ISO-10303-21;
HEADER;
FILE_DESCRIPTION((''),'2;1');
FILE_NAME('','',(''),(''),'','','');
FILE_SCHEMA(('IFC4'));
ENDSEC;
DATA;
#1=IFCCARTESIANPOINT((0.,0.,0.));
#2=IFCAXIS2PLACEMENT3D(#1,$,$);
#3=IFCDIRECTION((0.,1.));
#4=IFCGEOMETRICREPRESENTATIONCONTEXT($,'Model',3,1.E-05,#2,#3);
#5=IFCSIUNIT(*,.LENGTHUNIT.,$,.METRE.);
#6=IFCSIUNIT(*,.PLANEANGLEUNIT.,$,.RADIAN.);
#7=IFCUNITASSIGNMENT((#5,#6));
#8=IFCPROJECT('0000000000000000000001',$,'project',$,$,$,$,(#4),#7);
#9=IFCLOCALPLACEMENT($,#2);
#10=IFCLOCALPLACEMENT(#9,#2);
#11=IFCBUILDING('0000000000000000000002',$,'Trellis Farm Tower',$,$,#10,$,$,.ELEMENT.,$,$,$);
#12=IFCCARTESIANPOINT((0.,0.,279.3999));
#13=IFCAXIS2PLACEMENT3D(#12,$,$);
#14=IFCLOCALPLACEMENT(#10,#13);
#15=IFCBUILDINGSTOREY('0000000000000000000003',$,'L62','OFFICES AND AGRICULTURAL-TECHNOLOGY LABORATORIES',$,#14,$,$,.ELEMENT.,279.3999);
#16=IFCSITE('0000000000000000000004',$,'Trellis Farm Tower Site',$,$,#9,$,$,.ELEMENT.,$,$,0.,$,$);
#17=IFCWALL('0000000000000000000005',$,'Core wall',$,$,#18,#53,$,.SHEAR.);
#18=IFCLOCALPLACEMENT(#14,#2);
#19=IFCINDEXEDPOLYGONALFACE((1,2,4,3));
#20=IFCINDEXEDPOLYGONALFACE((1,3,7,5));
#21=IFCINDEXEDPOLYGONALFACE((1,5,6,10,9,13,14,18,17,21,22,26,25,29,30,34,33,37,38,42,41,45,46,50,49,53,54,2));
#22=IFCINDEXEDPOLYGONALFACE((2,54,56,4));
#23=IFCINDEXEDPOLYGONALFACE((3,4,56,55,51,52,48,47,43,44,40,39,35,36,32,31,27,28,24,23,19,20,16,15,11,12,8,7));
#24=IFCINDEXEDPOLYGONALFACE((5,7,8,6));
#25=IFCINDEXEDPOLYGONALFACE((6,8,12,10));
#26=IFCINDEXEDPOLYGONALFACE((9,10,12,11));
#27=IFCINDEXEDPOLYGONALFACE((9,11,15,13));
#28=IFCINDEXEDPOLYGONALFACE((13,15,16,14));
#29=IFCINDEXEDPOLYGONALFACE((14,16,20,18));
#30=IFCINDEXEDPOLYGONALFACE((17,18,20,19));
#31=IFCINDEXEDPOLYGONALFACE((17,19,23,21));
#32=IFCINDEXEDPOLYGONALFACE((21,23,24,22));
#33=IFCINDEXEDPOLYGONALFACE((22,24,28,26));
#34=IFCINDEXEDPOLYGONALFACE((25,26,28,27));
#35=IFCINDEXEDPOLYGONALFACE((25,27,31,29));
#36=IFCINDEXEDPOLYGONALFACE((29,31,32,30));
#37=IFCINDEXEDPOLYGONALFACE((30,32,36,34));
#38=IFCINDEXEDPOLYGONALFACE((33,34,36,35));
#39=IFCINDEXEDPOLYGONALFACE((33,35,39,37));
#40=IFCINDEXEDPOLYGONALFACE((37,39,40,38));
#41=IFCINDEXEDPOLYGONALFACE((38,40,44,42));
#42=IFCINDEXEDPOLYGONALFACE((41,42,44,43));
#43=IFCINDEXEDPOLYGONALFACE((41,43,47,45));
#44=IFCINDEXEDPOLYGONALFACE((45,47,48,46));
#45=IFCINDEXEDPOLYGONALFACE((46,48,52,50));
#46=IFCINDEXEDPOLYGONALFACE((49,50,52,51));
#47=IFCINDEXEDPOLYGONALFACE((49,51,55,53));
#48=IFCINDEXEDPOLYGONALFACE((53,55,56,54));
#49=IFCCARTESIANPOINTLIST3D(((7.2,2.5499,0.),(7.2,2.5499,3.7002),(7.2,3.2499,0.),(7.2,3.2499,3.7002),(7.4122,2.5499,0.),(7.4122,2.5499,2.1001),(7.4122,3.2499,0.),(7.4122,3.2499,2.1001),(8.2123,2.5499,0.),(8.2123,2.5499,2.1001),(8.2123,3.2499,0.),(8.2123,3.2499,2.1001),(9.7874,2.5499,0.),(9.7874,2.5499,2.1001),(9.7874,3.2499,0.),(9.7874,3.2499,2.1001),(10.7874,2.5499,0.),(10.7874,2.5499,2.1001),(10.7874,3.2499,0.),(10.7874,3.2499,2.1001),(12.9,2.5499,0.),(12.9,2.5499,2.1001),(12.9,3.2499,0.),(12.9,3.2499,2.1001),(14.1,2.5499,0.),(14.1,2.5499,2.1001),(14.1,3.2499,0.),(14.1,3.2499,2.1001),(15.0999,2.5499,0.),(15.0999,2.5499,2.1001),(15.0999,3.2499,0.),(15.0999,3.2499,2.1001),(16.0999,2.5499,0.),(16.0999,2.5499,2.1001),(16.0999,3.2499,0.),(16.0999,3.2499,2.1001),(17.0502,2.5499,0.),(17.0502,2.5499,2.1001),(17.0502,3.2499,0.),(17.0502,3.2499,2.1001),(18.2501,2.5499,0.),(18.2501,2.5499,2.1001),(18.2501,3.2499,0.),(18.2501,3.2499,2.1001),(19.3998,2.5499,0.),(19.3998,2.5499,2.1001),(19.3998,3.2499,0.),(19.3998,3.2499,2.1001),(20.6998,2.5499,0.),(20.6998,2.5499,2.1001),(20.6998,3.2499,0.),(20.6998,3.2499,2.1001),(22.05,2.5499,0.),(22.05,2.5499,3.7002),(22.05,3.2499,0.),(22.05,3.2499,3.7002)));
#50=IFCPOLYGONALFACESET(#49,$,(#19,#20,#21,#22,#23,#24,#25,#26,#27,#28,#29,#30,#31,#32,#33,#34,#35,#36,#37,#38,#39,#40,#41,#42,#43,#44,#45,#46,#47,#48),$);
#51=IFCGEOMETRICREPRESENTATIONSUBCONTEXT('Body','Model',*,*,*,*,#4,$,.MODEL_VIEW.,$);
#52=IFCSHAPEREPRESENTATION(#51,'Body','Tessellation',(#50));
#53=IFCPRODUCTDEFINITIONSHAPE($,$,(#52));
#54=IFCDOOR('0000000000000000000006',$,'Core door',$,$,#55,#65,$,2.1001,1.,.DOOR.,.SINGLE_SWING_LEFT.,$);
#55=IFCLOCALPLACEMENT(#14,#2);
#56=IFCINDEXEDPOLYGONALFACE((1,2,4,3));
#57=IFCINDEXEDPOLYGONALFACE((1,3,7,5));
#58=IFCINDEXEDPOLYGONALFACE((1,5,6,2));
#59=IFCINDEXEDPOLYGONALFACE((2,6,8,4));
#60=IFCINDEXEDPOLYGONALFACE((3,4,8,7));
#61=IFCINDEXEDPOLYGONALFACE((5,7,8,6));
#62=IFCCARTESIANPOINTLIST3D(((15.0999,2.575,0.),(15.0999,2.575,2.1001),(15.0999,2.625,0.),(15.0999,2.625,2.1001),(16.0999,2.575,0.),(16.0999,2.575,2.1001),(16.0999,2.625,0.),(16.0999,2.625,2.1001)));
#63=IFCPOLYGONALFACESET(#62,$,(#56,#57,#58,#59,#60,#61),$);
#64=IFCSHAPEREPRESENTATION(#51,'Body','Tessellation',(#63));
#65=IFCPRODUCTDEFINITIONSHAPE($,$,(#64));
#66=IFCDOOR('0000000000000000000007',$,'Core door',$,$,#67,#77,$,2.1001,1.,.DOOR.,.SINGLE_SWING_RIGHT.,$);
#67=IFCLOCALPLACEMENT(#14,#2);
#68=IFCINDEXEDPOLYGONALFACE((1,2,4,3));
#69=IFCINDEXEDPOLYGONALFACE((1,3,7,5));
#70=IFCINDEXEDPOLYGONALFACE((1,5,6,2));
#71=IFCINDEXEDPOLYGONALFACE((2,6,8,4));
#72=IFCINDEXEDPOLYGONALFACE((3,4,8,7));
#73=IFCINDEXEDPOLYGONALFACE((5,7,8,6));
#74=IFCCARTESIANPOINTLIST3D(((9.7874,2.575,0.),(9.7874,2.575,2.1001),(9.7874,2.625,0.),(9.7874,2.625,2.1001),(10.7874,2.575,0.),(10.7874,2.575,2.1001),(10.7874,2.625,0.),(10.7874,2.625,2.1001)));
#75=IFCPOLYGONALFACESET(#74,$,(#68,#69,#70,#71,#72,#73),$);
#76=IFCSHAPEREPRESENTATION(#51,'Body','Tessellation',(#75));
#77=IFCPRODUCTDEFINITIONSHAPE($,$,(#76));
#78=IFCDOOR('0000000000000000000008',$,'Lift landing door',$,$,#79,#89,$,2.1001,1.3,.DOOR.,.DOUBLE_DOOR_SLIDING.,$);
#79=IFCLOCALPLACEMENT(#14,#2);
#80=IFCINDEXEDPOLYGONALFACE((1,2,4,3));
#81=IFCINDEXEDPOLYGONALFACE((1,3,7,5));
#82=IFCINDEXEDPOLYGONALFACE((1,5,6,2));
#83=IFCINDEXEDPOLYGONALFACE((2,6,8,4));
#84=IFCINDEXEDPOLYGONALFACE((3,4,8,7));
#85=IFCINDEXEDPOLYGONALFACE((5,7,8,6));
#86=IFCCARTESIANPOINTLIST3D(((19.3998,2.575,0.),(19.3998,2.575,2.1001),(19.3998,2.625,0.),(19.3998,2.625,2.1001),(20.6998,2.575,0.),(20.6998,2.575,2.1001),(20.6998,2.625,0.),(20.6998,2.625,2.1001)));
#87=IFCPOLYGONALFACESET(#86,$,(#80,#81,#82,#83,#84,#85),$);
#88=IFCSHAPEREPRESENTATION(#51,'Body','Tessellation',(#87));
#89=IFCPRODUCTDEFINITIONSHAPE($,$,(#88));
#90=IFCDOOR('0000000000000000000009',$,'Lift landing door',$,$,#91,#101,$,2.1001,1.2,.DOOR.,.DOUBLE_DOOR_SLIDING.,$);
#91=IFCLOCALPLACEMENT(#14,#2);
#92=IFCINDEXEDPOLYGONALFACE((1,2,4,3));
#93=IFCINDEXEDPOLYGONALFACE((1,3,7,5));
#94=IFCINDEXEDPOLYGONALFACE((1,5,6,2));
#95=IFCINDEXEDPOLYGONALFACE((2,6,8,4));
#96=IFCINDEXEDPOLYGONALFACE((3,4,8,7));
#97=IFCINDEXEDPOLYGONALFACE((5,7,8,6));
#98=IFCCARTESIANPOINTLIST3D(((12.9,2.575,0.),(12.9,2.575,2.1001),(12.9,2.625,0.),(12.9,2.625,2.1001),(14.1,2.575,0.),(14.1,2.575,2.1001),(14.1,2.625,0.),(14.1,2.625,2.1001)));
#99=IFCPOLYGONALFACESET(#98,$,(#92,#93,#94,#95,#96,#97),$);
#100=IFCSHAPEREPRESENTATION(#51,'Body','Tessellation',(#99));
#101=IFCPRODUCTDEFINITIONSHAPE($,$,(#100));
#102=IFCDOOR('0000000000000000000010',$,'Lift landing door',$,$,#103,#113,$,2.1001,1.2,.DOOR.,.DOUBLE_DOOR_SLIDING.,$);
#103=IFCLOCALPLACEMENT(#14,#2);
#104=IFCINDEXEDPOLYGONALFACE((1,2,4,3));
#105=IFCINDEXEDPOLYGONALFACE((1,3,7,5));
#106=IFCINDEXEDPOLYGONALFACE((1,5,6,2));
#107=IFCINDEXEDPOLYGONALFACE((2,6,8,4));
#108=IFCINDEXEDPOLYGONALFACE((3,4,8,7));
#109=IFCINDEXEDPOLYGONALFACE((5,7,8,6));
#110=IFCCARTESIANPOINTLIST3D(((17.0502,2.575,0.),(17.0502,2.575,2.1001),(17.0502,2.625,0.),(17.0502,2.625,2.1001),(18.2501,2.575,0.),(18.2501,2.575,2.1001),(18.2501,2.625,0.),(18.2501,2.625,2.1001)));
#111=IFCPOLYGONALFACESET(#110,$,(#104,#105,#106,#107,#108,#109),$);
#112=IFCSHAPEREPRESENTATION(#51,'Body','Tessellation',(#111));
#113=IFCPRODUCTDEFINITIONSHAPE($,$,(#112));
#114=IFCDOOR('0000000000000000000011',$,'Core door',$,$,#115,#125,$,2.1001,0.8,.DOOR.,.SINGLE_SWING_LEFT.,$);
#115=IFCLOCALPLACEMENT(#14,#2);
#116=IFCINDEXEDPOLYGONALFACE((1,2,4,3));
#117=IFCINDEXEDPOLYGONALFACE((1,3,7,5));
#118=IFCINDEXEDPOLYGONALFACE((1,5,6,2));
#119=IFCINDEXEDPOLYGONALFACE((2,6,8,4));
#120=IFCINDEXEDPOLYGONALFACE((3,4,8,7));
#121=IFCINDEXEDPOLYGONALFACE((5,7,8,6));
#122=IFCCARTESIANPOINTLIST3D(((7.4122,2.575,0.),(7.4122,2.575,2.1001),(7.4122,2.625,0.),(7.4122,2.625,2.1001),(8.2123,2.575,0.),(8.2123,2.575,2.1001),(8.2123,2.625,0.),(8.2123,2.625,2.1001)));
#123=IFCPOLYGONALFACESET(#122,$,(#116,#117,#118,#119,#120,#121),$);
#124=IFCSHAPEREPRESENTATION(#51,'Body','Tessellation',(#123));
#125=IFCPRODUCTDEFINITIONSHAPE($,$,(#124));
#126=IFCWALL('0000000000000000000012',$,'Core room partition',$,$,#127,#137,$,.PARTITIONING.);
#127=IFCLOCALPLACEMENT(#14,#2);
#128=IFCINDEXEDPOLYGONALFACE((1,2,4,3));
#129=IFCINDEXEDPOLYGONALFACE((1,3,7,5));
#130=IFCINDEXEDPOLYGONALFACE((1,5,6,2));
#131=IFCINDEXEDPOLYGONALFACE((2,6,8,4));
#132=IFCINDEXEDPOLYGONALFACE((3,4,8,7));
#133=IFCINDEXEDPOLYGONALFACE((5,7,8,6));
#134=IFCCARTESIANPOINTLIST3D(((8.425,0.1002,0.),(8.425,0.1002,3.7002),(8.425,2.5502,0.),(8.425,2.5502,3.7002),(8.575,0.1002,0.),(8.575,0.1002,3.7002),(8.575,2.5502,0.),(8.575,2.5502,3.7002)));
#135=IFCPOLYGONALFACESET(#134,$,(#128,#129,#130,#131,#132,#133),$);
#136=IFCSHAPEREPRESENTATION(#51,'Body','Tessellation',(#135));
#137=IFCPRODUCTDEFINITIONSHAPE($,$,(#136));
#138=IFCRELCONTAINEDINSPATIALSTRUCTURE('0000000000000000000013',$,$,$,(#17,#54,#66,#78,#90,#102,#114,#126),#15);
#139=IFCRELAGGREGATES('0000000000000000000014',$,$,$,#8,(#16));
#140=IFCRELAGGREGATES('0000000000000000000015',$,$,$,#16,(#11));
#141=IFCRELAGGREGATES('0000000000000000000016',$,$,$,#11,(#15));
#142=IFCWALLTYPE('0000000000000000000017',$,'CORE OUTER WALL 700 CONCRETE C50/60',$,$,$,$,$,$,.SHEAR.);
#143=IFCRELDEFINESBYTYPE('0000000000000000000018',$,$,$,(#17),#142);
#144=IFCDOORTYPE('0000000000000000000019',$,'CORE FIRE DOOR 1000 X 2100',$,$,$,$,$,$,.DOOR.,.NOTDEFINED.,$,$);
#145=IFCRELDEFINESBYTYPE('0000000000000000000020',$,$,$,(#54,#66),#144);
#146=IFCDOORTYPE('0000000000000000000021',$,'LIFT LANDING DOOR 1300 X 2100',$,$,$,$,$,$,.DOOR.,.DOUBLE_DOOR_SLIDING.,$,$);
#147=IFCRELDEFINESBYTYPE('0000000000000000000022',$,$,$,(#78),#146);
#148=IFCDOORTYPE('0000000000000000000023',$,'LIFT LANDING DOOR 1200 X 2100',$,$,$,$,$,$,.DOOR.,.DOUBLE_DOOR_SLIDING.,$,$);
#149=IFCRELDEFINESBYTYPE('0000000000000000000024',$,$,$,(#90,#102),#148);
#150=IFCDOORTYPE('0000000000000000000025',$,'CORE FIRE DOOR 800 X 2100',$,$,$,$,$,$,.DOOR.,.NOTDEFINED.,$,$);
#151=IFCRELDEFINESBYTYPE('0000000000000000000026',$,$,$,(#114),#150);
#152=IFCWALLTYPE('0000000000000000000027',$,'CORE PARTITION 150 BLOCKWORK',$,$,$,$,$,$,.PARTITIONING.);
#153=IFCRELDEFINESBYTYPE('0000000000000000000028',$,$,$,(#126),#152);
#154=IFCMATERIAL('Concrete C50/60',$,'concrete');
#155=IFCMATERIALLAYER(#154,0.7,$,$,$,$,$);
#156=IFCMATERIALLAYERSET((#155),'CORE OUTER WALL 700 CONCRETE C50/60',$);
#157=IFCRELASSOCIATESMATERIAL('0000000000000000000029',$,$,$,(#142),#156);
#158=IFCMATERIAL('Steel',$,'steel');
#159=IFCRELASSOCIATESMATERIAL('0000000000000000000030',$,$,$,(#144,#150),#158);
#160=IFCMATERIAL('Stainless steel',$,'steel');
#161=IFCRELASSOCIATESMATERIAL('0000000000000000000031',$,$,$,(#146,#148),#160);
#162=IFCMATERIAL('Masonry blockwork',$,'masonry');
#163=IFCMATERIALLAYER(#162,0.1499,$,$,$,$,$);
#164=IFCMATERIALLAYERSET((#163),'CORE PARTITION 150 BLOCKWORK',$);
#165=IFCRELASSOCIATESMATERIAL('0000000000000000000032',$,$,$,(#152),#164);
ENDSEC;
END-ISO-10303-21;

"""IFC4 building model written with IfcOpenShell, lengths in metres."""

from ifc_helpers import new_model, si_unit, direction, frame, frame_2d, origin, place, context, subcontext, project, spatial, rectangle, extrude, source, transform, mapped, material, layer, layer_set, type_object, element, fill, save


model = new_model("IFC4")

# Units and contexts
model_context = context("Model", 3, precision=1e-05, world=origin(), true_north=direction((0.0, 1.0)))
body_context = subcontext(model_context, "Body", "Model", "MODEL_VIEW")
ifc_project = project(units=[si_unit("LENGTHUNIT", "METRE"), si_unit("PLANEANGLEUNIT", "RADIAN")], contexts=[model_context])

# Site, building, storey
site_placement = place(None, origin())
site = spatial("IfcSite", under=ifc_project, at=site_placement, Name="Trellis Farm Tower Site", CompositionType="ELEMENT", RefElevation=0.0)
building_placement = place(site_placement, origin())
building = spatial("IfcBuilding", under=site, at=building_placement, Name="Trellis Farm Tower", CompositionType="ELEMENT")
storey_placement = place(building_placement, frame((0.0, 0.0, 279.3999)))
storey = spatial("IfcBuildingStorey", under=building, at=storey_placement, Name="L62", Description="OFFICES AND AGRICULTURAL-TECHNOLOGY LABORATORIES", CompositionType="ELEMENT", Elevation=279.3999)

# Wall, openings, doors
ifc_material_1 = material(Name="Concrete C50/60", Category="concrete")
ifc_layer_1 = layer(ifc_material_1, 0.7)
ifc_layer_set_1 = layer_set([ifc_layer_1], Name="CORE OUTER WALL 700 CONCRETE C50/60")
wall_type_1 = type_object("IfcWallType", Name="CORE OUTER WALL 700 CONCRETE C50/60", PredefinedType="SHEAR", material=ifc_layer_set_1)
shared_shape_1 = source(origin(), body_context, "Body", "SweptSolid", [
    extrude(rectangle(XDim=14.8501, YDim=0.7, at=frame_2d((7.425, 0.0))), origin(), (0.0, 0.0, 1.0), 3.7002),
])
wall_1_placement = place(storey_placement, frame((7.2, 2.8999, 0.0), z_axis=(0.0, 0.0, 1.0), x_axis=(1.0, 0.0, 0.0)))
wall_1 = element("IfcWall", 1, at=wall_1_placement, inside=storey, type_object=wall_type_1, Name="Core wall", PredefinedType="SHEAR", context=body_context, shape_type="MappedRepresentation", body=[
    mapped(shared_shape_1, transform((0.0, 0.0, 0.0))),
])
shared_shape_2 = source(origin(), body_context, "Body", "SweptSolid", [
    extrude(rectangle(XDim=1.2, YDim=2.1001, at=frame_2d((0.6001, 1.05))), frame((0.0, 0.3601, 0.0), z_axis=(0.0, -1.0, 0.0), x_axis=(1.0, 0.0, 0.0)), (0.0, 0.0, 1.0), 0.7202),
])
opening_1_placement = place(wall_1_placement, frame((5.7, 0.0, 0.0)))
opening_1 = element("IfcOpeningElement", 2, at=opening_1_placement, cuts=wall_1, PredefinedType="OPENING", context=body_context, shape_type="MappedRepresentation", body=[
    mapped(shared_shape_2, transform((0.0, 0.0, 0.0))),
])
shared_shape_3 = source(origin(), body_context, "Body", "SweptSolid", [
    extrude(rectangle(XDim=1.3, YDim=2.1001, at=frame_2d((0.6499, 1.05))), frame((0.0, 0.3601, 0.0), z_axis=(0.0, -1.0, 0.0), x_axis=(1.0, 0.0, 0.0)), (0.0, 0.0, 1.0), 0.7202),
])
opening_2_placement = place(wall_1_placement, frame((12.2, 0.0, 0.0)))
opening_2 = element("IfcOpeningElement", 3, at=opening_2_placement, cuts=wall_1, PredefinedType="OPENING", context=body_context, shape_type="MappedRepresentation", body=[
    mapped(shared_shape_3, transform((0.0, 0.0, 0.0))),
])
opening_3_placement = place(wall_1_placement, frame((9.8501, 0.0, 0.0)))
opening_3 = element("IfcOpeningElement", 4, at=opening_3_placement, cuts=wall_1, PredefinedType="OPENING", context=body_context, shape_type="MappedRepresentation", body=[
    mapped(shared_shape_2, transform((0.0, 0.0, 0.0))),
])
shared_shape_4 = source(origin(), body_context, "Body", "SweptSolid", [
    extrude(rectangle(XDim=1.0, YDim=2.1001, at=frame_2d((0.5, 1.05))), frame((0.0, 0.3601, 0.0), z_axis=(0.0, -1.0, 0.0), x_axis=(1.0, 0.0, 0.0)), (0.0, 0.0, 1.0), 0.7202),
])
opening_4_placement = place(wall_1_placement, frame((7.8999, 0.0, 0.0)))
opening_4 = element("IfcOpeningElement", 5, at=opening_4_placement, cuts=wall_1, PredefinedType="OPENING", context=body_context, shape_type="MappedRepresentation", body=[
    mapped(shared_shape_4, transform((0.0, 0.0, 0.0))),
])
shared_shape_5 = source(origin(), body_context, "Body", "SweptSolid", [
    extrude(rectangle(XDim=0.8, YDim=2.1001, at=frame_2d((0.3999, 1.05))), frame((0.0, 0.3601, 0.0), z_axis=(0.0, -1.0, 0.0), x_axis=(1.0, 0.0, 0.0)), (0.0, 0.0, 1.0), 0.7202),
])
opening_5_placement = place(wall_1_placement, frame((0.2124, 0.0, 0.0)))
opening_5 = element("IfcOpeningElement", 6, at=opening_5_placement, cuts=wall_1, PredefinedType="OPENING", context=body_context, shape_type="MappedRepresentation", body=[
    mapped(shared_shape_5, transform((0.0, 0.0, 0.0))),
])
opening_6_placement = place(wall_1_placement, frame((2.5874, 0.0, 0.0)))
opening_6 = element("IfcOpeningElement", 7, at=opening_6_placement, cuts=wall_1, PredefinedType="OPENING", context=body_context, shape_type="MappedRepresentation", body=[
    mapped(shared_shape_4, transform((0.0, 0.0, 0.0))),
])
ifc_material_2 = material(Name="Steel", Category="steel")
door_type_1 = type_object("IfcDoorType", Name="CORE FIRE DOOR 1000 X 2100", OperationType="NOTDEFINED", PredefinedType="DOOR", material=ifc_material_2)
shared_shape_6 = source(origin(), body_context, "Body", "SweptSolid", [
    extrude(rectangle(XDim=1.0, YDim=2.1001, at=frame_2d((0.5, 1.05))), frame((0.0, -0.2749, 0.0), z_axis=(0.0, -1.0, 0.0), x_axis=(1.0, 0.0, 0.0)), (0.0, 0.0, 1.0), 0.05),
])
door_1_placement = place(opening_4_placement, origin())
door_1 = element("IfcDoor", 8, at=door_1_placement, inside=storey, type_object=door_type_1, Name="Core door", OperationType="SINGLE_SWING_LEFT", OverallHeight=2.1001, OverallWidth=1.0, PredefinedType="DOOR", context=body_context, shape_type="MappedRepresentation", body=[
    mapped(shared_shape_6, transform((0.0, 0.0, 0.0))),
])
fill(opening_4, door_1)
door_2_placement = place(opening_6_placement, origin())
door_2 = element("IfcDoor", 9, at=door_2_placement, inside=storey, type_object=door_type_1, Name="Core door", OperationType="SINGLE_SWING_RIGHT", OverallHeight=2.1001, OverallWidth=1.0, PredefinedType="DOOR", context=body_context, shape_type="MappedRepresentation", body=[
    mapped(shared_shape_6, transform((0.0, 0.0, 0.0))),
])
fill(opening_6, door_2)
ifc_material_3 = material(Name="Stainless steel", Category="steel")
door_type_2 = type_object("IfcDoorType", Name="LIFT LANDING DOOR 1300 X 2100", OperationType="DOUBLE_DOOR_SLIDING", PredefinedType="DOOR", material=ifc_material_3)
shared_shape_7 = source(origin(), body_context, "Body", "SweptSolid", [
    extrude(rectangle(XDim=1.3, YDim=2.1001, at=frame_2d((0.6499, 1.05))), frame((0.0, -0.2749, 0.0), z_axis=(0.0, -1.0, 0.0), x_axis=(1.0, 0.0, 0.0)), (0.0, 0.0, 1.0), 0.05),
])
door_3_placement = place(opening_2_placement, origin())
door_3 = element("IfcDoor", 10, at=door_3_placement, inside=storey, type_object=door_type_2, Name="Lift landing door", OperationType="DOUBLE_DOOR_SLIDING", OverallHeight=2.1001, OverallWidth=1.3, PredefinedType="DOOR", context=body_context, shape_type="MappedRepresentation", body=[
    mapped(shared_shape_7, transform((0.0, 0.0, 0.0))),
])
fill(opening_2, door_3)
door_type_3 = type_object("IfcDoorType", Name="LIFT LANDING DOOR 1200 X 2100", OperationType="DOUBLE_DOOR_SLIDING", PredefinedType="DOOR", material=ifc_material_3)
shared_shape_8 = source(origin(), body_context, "Body", "SweptSolid", [
    extrude(rectangle(XDim=1.2, YDim=2.1001, at=frame_2d((0.6001, 1.05))), frame((0.0, -0.2749, 0.0), z_axis=(0.0, -1.0, 0.0), x_axis=(1.0, 0.0, 0.0)), (0.0, 0.0, 1.0), 0.05),
])
door_4_placement = place(opening_1_placement, origin())
door_4 = element("IfcDoor", 11, at=door_4_placement, inside=storey, type_object=door_type_3, Name="Lift landing door", OperationType="DOUBLE_DOOR_SLIDING", OverallHeight=2.1001, OverallWidth=1.2, PredefinedType="DOOR", context=body_context, shape_type="MappedRepresentation", body=[
    mapped(shared_shape_8, transform((0.0, 0.0, 0.0))),
])
fill(opening_1, door_4)
door_5_placement = place(opening_3_placement, origin())
door_5 = element("IfcDoor", 12, at=door_5_placement, inside=storey, type_object=door_type_3, Name="Lift landing door", OperationType="DOUBLE_DOOR_SLIDING", OverallHeight=2.1001, OverallWidth=1.2, PredefinedType="DOOR", context=body_context, shape_type="MappedRepresentation", body=[
    mapped(shared_shape_8, transform((0.0, 0.0, 0.0))),
])
fill(opening_3, door_5)
door_type_4 = type_object("IfcDoorType", Name="CORE FIRE DOOR 800 X 2100", OperationType="NOTDEFINED", PredefinedType="DOOR", material=ifc_material_2)
shared_shape_9 = source(origin(), body_context, "Body", "SweptSolid", [
    extrude(rectangle(XDim=0.8, YDim=2.1001, at=frame_2d((0.3999, 1.05))), frame((0.0, -0.2749, 0.0), z_axis=(0.0, -1.0, 0.0), x_axis=(1.0, 0.0, 0.0)), (0.0, 0.0, 1.0), 0.05),
])
door_6_placement = place(opening_5_placement, origin())
door_6 = element("IfcDoor", 13, at=door_6_placement, inside=storey, type_object=door_type_4, Name="Core door", OperationType="SINGLE_SWING_LEFT", OverallHeight=2.1001, OverallWidth=0.8, PredefinedType="DOOR", context=body_context, shape_type="MappedRepresentation", body=[
    mapped(shared_shape_9, transform((0.0, 0.0, 0.0))),
])
fill(opening_5, door_6)

# Wall
ifc_material_4 = material(Name="Masonry blockwork", Category="masonry")
ifc_layer_2 = layer(ifc_material_4, 0.1499)
ifc_layer_set_2 = layer_set([ifc_layer_2], Name="CORE PARTITION 150 BLOCKWORK")
wall_type_2 = type_object("IfcWallType", Name="CORE PARTITION 150 BLOCKWORK", PredefinedType="PARTITIONING", material=ifc_layer_set_2)
shared_shape_10 = source(origin(), body_context, "Body", "SweptSolid", [
    extrude(rectangle(XDim=2.45, YDim=0.1499, at=frame_2d((1.2251, 0.0))), origin(), (0.0, 0.0, 1.0), 3.7002),
])
wall_2_placement = place(storey_placement, frame((8.5, 0.1001, 0.0), z_axis=(0.0, 0.0, 1.0), x_axis=(0.0, 1.0, 0.0)))
element("IfcWall", 14, at=wall_2_placement, inside=storey, type_object=wall_type_2, Name="Core room partition", PredefinedType="PARTITIONING", context=body_context, shape_type="MappedRepresentation", body=[
    mapped(shared_shape_10, transform((0.0, 0.0, 0.0))),
])

save(model, "model.ifc")
